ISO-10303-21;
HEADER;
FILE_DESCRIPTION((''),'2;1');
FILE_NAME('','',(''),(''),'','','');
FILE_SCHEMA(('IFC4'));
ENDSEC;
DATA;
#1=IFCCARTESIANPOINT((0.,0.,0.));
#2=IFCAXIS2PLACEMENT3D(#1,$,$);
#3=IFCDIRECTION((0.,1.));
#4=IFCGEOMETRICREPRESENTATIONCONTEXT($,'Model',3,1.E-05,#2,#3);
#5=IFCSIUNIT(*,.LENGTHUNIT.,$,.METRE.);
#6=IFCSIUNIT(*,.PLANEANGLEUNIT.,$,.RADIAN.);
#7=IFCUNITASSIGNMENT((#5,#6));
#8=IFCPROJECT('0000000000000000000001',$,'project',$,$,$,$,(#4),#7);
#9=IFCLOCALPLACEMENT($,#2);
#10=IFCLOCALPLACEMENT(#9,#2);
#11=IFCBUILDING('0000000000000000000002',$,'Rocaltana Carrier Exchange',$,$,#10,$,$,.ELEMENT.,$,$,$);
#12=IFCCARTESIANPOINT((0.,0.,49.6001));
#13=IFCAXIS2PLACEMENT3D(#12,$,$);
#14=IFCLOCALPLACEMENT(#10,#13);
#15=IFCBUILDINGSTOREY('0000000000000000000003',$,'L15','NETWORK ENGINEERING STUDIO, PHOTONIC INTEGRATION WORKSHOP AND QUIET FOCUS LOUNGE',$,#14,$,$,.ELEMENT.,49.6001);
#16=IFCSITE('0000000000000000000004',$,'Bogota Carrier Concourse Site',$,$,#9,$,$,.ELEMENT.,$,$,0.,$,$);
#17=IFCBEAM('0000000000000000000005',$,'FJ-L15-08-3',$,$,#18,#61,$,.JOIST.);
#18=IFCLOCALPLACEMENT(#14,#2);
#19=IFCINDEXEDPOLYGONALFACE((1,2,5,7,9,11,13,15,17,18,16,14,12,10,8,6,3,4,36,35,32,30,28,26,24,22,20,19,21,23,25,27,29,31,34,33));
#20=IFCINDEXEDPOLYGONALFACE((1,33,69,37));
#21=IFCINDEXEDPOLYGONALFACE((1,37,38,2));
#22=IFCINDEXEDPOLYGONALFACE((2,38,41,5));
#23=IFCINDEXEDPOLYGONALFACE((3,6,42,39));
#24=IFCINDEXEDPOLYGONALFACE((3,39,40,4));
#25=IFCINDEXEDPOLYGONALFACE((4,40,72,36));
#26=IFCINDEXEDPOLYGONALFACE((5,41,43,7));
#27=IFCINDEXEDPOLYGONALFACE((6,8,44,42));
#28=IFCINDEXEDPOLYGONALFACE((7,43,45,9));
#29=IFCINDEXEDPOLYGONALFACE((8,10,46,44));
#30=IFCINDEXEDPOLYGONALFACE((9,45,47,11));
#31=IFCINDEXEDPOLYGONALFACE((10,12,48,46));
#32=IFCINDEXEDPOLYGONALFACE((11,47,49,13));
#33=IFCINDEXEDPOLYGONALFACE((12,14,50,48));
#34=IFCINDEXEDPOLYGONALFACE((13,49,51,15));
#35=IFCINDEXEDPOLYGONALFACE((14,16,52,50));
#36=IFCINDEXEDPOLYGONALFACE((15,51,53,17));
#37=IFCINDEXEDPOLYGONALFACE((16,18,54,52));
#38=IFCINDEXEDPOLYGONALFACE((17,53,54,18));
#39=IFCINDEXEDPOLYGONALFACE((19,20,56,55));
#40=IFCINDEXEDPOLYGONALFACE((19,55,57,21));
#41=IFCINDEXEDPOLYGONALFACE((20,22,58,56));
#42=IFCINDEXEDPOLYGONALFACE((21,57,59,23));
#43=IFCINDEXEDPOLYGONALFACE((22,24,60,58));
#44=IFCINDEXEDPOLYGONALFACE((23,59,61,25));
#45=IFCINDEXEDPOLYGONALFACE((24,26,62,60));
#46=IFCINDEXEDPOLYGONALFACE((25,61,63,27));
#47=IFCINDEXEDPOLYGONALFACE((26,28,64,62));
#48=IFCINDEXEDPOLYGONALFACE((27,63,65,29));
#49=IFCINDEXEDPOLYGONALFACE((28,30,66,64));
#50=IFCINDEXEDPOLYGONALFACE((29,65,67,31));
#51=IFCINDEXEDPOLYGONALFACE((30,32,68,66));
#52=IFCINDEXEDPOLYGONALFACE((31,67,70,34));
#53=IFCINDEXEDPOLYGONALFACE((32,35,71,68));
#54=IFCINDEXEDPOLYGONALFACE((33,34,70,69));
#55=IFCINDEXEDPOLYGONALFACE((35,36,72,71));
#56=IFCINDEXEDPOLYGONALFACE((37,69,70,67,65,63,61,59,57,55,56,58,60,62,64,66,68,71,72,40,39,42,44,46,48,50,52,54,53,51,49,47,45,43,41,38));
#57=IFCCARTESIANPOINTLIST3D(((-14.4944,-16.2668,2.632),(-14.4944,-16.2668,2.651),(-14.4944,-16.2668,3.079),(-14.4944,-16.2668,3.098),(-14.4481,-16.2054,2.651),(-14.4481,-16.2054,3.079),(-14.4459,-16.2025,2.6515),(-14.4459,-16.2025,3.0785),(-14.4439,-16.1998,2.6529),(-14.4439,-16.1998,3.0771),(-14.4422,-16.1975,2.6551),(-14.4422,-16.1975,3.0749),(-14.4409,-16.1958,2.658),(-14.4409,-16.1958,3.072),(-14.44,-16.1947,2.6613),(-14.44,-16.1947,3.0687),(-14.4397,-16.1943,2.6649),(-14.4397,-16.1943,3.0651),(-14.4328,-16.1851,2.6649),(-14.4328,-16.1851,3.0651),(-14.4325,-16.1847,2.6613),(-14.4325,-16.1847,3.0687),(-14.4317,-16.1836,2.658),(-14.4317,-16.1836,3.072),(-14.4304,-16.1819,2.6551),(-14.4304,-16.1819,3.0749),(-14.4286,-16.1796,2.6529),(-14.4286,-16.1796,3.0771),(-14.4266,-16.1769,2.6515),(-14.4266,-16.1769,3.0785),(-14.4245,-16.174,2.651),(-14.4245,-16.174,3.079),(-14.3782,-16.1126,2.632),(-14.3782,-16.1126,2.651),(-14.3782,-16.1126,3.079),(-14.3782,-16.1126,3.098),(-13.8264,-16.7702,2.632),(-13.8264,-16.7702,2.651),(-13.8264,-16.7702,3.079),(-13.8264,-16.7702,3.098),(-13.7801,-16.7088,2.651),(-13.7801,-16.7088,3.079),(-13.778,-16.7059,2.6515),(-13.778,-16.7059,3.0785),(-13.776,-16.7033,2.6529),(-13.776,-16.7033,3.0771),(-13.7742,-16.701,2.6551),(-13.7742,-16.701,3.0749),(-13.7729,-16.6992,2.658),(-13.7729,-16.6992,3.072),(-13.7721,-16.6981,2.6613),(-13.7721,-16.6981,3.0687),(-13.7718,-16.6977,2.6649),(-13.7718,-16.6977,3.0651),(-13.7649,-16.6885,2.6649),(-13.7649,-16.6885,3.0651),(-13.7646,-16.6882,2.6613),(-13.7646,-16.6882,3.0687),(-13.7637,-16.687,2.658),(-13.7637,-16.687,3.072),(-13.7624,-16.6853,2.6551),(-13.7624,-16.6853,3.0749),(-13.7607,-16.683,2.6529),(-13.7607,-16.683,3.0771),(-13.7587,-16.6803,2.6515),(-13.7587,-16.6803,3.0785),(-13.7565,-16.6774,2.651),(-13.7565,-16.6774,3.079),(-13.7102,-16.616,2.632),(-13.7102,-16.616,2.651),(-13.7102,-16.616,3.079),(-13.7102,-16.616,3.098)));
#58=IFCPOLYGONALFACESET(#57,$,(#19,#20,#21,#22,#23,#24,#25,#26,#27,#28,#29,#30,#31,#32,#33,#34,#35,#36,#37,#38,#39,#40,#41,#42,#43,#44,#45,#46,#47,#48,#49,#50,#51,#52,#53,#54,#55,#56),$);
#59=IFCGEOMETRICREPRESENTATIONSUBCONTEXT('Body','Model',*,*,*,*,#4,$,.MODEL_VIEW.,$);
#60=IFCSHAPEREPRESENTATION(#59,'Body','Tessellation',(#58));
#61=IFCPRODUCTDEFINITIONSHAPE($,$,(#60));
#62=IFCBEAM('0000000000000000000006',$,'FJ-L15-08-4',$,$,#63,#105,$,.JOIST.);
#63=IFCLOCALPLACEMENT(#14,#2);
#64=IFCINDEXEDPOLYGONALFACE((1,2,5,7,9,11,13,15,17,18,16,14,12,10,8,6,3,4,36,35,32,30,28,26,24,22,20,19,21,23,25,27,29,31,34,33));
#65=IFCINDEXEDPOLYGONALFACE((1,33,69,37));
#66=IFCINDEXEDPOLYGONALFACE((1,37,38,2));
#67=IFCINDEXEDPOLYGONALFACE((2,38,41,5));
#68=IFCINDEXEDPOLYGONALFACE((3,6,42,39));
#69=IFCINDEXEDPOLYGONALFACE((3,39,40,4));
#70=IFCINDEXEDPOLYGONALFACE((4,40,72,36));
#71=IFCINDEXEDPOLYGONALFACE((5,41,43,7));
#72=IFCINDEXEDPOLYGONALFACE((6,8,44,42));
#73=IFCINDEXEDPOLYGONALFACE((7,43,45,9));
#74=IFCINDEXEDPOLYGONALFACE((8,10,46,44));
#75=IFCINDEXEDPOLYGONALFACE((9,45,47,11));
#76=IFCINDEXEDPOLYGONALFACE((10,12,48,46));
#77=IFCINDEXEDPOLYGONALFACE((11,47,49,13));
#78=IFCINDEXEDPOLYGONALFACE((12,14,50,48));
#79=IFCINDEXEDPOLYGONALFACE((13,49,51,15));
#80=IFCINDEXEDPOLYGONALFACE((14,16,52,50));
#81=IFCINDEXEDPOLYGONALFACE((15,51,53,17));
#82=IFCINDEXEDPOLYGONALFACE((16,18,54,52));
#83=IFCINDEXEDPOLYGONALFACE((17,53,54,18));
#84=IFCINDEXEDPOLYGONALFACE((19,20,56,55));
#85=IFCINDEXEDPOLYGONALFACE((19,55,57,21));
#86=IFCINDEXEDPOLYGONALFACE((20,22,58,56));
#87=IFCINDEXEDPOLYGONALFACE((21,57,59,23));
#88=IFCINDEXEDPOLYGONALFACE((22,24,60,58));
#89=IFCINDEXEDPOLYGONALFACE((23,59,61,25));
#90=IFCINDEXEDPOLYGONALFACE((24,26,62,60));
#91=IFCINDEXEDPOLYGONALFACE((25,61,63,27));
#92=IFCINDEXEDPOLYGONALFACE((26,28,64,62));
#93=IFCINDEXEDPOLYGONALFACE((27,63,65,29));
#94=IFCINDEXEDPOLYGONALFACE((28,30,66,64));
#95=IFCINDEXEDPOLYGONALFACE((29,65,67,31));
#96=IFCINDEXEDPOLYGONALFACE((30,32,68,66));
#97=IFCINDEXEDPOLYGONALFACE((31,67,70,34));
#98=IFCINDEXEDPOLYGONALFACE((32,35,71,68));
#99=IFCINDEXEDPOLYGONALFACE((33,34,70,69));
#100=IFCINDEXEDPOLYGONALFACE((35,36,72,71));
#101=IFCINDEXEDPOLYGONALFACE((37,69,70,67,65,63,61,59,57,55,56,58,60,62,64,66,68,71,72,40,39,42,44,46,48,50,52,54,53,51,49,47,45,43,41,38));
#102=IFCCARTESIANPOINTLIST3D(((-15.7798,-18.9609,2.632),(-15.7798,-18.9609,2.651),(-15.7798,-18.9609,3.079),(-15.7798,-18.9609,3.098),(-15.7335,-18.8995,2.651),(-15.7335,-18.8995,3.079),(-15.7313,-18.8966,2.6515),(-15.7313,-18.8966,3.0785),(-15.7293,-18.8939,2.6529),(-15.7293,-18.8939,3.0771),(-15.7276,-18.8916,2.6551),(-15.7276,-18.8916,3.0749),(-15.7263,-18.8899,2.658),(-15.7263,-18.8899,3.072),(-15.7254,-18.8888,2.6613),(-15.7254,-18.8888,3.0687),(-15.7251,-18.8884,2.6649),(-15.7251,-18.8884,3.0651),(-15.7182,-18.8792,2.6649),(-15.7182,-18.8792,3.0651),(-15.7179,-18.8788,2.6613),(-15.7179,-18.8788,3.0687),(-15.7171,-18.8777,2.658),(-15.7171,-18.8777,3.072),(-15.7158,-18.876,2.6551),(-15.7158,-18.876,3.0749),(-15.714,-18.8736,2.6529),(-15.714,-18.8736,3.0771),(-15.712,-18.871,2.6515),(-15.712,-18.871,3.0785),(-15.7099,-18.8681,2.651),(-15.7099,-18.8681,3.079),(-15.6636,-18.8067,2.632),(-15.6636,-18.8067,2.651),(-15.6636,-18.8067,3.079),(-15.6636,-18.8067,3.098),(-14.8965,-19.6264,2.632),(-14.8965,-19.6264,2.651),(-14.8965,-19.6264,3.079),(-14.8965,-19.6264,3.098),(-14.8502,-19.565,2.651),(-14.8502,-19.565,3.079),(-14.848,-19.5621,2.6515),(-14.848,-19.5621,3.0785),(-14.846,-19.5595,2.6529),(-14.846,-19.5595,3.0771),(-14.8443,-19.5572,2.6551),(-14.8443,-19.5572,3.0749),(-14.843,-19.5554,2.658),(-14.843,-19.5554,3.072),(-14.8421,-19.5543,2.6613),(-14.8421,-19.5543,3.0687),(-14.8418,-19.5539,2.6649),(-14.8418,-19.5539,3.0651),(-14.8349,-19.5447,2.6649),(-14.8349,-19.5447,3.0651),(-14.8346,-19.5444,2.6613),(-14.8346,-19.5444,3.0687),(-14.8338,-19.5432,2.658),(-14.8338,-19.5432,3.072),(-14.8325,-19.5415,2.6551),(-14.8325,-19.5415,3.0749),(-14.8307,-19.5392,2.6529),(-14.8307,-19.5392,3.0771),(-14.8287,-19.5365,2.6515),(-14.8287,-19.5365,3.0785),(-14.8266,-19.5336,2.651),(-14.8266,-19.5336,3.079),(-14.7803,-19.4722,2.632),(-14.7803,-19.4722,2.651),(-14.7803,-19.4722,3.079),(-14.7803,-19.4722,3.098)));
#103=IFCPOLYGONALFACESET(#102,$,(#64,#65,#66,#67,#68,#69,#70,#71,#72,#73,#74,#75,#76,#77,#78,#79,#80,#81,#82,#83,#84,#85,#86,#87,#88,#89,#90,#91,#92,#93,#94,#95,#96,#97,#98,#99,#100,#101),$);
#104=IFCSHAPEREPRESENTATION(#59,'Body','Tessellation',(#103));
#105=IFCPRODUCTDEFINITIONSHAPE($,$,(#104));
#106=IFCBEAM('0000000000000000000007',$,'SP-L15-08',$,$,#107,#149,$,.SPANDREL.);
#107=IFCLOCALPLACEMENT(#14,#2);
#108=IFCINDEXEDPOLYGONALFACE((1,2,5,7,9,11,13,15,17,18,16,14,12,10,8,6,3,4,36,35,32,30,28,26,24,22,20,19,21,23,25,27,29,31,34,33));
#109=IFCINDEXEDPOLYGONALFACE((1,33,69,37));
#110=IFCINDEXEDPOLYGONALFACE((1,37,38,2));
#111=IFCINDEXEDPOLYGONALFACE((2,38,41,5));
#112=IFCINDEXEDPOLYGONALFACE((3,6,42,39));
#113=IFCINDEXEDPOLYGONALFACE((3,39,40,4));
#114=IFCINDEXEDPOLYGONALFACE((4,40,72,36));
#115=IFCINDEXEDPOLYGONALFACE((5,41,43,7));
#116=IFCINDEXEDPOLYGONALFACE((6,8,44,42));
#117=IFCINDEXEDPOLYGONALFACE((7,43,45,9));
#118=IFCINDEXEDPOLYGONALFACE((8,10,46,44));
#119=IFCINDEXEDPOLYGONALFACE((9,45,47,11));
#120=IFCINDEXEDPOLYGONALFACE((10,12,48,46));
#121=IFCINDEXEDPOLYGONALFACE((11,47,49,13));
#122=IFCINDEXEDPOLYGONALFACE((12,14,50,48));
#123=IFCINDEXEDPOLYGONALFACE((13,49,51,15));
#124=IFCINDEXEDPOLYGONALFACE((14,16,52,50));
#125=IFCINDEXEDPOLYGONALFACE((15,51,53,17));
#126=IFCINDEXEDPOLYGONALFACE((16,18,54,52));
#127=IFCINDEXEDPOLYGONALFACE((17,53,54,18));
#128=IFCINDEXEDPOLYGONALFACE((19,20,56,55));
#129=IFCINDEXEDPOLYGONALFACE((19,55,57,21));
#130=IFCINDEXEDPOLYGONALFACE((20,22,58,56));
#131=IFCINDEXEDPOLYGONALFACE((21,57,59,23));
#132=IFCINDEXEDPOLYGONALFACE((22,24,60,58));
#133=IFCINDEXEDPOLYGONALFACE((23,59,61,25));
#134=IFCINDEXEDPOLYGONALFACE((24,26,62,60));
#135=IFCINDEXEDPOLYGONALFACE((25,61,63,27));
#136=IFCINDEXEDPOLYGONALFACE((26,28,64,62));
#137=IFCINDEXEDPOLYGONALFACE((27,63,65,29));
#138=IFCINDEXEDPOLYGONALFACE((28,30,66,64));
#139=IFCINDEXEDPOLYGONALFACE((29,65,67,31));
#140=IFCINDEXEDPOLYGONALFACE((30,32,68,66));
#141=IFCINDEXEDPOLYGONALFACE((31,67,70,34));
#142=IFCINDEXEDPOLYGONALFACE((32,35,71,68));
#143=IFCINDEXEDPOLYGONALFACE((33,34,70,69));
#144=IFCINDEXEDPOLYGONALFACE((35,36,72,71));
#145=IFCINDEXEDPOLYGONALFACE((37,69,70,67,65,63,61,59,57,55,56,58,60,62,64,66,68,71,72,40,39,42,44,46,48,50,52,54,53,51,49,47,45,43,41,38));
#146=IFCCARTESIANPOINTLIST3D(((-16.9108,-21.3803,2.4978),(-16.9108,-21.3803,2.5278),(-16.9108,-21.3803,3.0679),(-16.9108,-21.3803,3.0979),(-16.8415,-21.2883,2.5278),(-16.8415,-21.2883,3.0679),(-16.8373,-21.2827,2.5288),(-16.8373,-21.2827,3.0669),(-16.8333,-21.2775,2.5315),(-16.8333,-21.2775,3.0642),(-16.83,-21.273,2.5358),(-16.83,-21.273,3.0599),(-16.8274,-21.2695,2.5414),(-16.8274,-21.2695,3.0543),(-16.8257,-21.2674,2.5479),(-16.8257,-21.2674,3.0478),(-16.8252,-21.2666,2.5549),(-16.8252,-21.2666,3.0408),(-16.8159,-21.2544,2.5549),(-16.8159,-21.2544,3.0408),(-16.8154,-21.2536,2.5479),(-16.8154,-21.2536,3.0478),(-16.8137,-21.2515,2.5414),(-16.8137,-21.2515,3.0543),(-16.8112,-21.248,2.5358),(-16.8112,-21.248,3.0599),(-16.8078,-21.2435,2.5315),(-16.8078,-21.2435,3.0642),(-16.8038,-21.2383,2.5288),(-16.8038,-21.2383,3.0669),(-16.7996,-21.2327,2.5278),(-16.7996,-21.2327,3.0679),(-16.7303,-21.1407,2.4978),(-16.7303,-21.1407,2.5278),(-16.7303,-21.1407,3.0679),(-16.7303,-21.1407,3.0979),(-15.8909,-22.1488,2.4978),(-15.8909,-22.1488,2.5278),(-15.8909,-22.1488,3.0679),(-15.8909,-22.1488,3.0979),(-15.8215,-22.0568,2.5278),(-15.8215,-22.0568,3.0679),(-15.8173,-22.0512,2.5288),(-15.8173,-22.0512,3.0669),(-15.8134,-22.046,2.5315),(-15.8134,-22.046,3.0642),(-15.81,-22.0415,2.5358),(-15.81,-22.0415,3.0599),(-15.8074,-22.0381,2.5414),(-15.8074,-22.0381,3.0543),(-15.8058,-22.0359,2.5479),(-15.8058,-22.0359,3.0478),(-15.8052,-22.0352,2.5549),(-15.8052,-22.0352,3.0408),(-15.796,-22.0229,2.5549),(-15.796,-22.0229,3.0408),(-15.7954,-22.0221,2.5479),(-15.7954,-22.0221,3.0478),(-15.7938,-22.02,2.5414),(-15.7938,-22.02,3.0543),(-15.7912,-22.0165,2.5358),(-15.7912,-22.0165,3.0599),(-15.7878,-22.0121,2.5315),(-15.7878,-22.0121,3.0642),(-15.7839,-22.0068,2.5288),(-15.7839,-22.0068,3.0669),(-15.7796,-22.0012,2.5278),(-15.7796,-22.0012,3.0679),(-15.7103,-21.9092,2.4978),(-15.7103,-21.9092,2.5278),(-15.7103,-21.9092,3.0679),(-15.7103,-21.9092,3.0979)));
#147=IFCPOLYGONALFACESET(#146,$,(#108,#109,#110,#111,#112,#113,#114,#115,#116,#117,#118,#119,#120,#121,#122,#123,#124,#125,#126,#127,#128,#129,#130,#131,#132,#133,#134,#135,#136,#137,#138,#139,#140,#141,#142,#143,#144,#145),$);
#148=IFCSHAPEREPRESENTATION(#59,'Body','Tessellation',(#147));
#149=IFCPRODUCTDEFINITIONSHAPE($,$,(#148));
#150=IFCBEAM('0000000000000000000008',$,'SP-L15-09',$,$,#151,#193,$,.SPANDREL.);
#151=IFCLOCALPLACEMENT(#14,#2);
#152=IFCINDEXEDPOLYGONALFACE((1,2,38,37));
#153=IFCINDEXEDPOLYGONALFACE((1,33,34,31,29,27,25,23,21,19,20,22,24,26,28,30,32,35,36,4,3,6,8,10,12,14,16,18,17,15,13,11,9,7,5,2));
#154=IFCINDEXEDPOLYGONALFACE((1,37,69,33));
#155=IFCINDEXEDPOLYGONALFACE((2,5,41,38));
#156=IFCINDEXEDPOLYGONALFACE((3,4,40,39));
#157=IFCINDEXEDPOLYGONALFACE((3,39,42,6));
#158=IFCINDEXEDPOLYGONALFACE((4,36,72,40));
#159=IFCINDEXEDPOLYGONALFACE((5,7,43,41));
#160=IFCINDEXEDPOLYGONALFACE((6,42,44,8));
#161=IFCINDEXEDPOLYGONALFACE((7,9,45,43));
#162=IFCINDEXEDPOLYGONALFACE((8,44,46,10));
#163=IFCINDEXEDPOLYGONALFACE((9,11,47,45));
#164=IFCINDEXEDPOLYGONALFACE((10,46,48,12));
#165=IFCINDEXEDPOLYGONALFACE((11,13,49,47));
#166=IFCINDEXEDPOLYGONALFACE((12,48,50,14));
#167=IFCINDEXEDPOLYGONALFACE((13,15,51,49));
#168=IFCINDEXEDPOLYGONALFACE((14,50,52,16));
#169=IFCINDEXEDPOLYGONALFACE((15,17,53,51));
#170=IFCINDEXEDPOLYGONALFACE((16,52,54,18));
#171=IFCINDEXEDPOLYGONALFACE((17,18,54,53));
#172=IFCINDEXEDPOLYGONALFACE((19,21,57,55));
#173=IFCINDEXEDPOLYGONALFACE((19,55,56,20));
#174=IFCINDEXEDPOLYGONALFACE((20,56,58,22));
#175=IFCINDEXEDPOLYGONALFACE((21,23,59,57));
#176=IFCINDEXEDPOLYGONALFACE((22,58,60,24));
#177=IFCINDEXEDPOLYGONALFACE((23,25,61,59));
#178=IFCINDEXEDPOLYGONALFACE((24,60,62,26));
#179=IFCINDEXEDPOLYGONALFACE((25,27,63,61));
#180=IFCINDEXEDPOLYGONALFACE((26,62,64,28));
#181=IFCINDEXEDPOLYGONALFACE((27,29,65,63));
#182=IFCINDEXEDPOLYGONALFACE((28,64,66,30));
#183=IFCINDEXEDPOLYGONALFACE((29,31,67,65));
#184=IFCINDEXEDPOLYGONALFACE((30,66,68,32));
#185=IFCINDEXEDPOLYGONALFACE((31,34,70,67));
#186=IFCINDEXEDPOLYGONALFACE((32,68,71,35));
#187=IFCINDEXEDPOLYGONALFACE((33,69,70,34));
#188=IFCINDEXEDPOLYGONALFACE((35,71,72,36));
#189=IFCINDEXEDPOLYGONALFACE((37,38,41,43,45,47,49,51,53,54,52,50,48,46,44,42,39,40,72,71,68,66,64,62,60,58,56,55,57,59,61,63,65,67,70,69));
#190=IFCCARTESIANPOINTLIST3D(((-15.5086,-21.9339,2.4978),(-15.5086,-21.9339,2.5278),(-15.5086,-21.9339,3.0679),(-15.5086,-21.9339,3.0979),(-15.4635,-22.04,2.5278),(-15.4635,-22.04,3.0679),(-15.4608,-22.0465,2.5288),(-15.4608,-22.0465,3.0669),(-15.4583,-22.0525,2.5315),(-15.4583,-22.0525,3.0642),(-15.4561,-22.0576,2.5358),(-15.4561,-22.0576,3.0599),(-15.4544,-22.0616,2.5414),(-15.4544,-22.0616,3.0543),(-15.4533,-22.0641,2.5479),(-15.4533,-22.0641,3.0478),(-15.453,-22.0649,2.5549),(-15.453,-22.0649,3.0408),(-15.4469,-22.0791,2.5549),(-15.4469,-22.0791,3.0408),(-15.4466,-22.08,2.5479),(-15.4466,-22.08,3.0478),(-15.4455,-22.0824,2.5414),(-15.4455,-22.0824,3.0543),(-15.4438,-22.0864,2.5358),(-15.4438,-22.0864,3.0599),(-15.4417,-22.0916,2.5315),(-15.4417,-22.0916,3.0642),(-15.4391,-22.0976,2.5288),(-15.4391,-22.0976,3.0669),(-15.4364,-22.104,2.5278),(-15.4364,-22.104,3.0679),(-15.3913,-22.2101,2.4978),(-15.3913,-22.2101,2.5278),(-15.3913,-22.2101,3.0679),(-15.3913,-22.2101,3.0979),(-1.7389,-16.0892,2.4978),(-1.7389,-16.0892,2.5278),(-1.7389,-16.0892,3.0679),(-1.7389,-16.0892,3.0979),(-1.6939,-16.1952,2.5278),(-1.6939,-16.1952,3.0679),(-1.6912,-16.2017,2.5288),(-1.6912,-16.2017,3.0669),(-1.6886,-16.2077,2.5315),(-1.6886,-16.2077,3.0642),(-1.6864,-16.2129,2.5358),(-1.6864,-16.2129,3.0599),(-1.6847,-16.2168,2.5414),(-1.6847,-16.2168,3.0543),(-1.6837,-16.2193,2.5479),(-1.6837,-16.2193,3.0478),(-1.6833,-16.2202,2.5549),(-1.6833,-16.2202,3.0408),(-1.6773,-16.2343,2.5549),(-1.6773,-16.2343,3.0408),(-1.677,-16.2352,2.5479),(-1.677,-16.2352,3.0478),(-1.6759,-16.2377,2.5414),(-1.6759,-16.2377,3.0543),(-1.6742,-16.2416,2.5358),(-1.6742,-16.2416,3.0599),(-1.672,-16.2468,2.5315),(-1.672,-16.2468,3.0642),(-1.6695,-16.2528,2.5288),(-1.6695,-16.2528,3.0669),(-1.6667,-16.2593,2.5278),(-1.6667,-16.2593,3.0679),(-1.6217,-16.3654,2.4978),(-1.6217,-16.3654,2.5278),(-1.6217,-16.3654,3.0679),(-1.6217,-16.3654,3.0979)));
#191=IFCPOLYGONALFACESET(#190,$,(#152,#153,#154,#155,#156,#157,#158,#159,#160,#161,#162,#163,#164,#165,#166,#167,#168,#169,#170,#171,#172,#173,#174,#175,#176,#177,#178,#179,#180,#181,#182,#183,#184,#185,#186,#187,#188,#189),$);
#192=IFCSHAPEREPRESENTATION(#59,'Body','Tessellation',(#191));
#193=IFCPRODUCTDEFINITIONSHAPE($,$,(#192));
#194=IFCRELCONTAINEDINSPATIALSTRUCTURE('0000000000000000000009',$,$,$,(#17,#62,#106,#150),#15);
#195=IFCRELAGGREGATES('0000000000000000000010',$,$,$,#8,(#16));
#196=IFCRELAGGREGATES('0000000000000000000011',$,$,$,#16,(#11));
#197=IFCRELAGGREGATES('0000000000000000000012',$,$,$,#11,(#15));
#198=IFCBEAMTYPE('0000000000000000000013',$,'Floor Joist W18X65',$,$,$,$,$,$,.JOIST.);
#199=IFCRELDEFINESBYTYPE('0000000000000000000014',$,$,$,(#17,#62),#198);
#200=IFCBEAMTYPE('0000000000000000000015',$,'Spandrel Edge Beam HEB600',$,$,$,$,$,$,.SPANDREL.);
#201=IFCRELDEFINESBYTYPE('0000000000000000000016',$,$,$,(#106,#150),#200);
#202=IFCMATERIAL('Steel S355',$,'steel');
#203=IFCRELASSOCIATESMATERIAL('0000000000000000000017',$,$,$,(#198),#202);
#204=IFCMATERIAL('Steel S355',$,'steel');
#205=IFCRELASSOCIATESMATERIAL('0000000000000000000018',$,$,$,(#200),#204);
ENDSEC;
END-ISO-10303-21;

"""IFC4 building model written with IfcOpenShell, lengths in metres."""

from ifc_helpers import new_model, si_unit, direction, frame, origin, origin_2d, place, context, subcontext, project, spatial, i_section, extrude, material, material_profile, profile_set, type_object, element, save


model = new_model("IFC4")

# Units and contexts
model_context = context("Model", 3, precision=1e-05, world=origin(), true_north=direction((0.0, 1.0)))
body_context = subcontext(model_context, "Body", "Model", "MODEL_VIEW")
ifc_project = project(units=[si_unit("LENGTHUNIT", "METRE"), si_unit("PLANEANGLEUNIT", "RADIAN")], contexts=[model_context])

# Site, building, storey
site_placement = place(None, origin())
site = spatial("IfcSite", under=ifc_project, at=site_placement, Name="Bogota Carrier Concourse Site", CompositionType="ELEMENT", RefElevation=0.0)
building_placement = place(site_placement, origin())
building = spatial("IfcBuilding", under=site, at=building_placement, Name="Rocaltana Carrier Exchange", CompositionType="ELEMENT")
storey_placement = place(building_placement, frame((0.0, 0.0, 49.6001)))
storey = spatial("IfcBuildingStorey", under=building, at=storey_placement, Name="L15", Description="NETWORK ENGINEERING STUDIO, PHOTONIC INTEGRATION WORKSHOP AND QUIET FOCUS LOUNGE", CompositionType="ELEMENT", Elevation=49.6001)

# Beams
ifc_material_1 = material(Name="Steel S355", Category="steel")
ifc_material_profile_1 = material_profile(ifc_material_1, i_section(OverallWidth=0.1931, OverallDepth=0.4661, WebThickness=0.0115, FlangeThickness=0.019, FilletRadius=0.0139, at=origin_2d()), Name="W18X65")
ifc_profile_set_1 = profile_set([ifc_material_profile_1], Name="Steel S355")
beam_type_1 = type_object("IfcBeamType", Name="Floor Joist W18X65", PredefinedType="JOIST", material=ifc_profile_set_1)
beam_1_placement = place(storey_placement, frame((-14.4363, -16.1897, 2.865), z_axis=(0.798597, -0.601866, 0.0), x_axis=(0.601866, 0.798597, 0.0)))
element("IfcBeam", 1, at=beam_1_placement, inside=storey, type_object=beam_type_1, Name="FJ-L15-08-3", PredefinedType="JOIST", context=body_context, shape_type="SweptSolid", body=[
    extrude(i_section(OverallWidth=0.1931, OverallDepth=0.4661, WebThickness=0.0115, FlangeThickness=0.019, FilletRadius=0.0139, at=origin_2d()), origin(), (0.0, 0.0, 1.0), 0.8364),
])
beam_2_placement = place(storey_placement, frame((-15.7217, -18.8838, 2.865), z_axis=(0.798674, -0.601765, 0.0), x_axis=(0.601765, 0.798674, 0.0)))
element("IfcBeam", 2, at=beam_2_placement, inside=storey, type_object=beam_type_1, Name="FJ-L15-08-4", PredefinedType="JOIST", context=body_context, shape_type="SweptSolid", body=[
    extrude(i_section(OverallWidth=0.1931, OverallDepth=0.4661, WebThickness=0.0115, FlangeThickness=0.019, FilletRadius=0.0139, at=origin_2d()), origin(), (0.0, 0.0, 1.0), 1.106),
])
ifc_material_2 = material(Name="Steel S355", Category="steel")
ifc_material_profile_2 = material_profile(ifc_material_2, i_section(OverallWidth=0.3, OverallDepth=0.6001, WebThickness=0.0154, FlangeThickness=0.03, FilletRadius=0.0271, at=origin_2d()), Name="HEB600")
ifc_profile_set_2 = profile_set([ifc_material_profile_2], Name="Steel S355")
beam_type_2 = type_object("IfcBeamType", Name="Spandrel Edge Beam HEB600", PredefinedType="SPANDREL", material=ifc_profile_set_2)
beam_3_placement = place(storey_placement, frame((-16.8206, -21.2605, 2.7979), z_axis=(0.798668, -0.601772, 0.0), x_axis=(0.601772, 0.798668, 0.0)))
element("IfcBeam", 3, at=beam_3_placement, inside=storey, type_object=beam_type_2, Name="SP-L15-08", PredefinedType="SPANDREL", context=body_context, shape_type="SweptSolid", body=[
    extrude(i_section(OverallWidth=0.3, OverallDepth=0.6001, WebThickness=0.0154, FlangeThickness=0.03, FilletRadius=0.0271, at=origin_2d()), origin(), (0.0, 0.0, 1.0), 1.2771),
])
beam_4_placement = place(storey_placement, frame((-15.45, -22.072, 2.7979), z_axis=(0.920507, 0.390726, 0.0), x_axis=(-0.390726, 0.920507, 0.0)))
element("IfcBeam", 4, at=beam_4_placement, inside=storey, type_object=beam_type_2, Name="SP-L15-09", PredefinedType="SPANDREL", context=body_context, shape_type="SweptSolid", body=[
    extrude(i_section(OverallWidth=0.3, OverallDepth=0.6001, WebThickness=0.0154, FlangeThickness=0.03, FilletRadius=0.0271, at=origin_2d()), origin(), (0.0, 0.0, 1.0), 14.9587),
])

save(model, "model.ifc")
